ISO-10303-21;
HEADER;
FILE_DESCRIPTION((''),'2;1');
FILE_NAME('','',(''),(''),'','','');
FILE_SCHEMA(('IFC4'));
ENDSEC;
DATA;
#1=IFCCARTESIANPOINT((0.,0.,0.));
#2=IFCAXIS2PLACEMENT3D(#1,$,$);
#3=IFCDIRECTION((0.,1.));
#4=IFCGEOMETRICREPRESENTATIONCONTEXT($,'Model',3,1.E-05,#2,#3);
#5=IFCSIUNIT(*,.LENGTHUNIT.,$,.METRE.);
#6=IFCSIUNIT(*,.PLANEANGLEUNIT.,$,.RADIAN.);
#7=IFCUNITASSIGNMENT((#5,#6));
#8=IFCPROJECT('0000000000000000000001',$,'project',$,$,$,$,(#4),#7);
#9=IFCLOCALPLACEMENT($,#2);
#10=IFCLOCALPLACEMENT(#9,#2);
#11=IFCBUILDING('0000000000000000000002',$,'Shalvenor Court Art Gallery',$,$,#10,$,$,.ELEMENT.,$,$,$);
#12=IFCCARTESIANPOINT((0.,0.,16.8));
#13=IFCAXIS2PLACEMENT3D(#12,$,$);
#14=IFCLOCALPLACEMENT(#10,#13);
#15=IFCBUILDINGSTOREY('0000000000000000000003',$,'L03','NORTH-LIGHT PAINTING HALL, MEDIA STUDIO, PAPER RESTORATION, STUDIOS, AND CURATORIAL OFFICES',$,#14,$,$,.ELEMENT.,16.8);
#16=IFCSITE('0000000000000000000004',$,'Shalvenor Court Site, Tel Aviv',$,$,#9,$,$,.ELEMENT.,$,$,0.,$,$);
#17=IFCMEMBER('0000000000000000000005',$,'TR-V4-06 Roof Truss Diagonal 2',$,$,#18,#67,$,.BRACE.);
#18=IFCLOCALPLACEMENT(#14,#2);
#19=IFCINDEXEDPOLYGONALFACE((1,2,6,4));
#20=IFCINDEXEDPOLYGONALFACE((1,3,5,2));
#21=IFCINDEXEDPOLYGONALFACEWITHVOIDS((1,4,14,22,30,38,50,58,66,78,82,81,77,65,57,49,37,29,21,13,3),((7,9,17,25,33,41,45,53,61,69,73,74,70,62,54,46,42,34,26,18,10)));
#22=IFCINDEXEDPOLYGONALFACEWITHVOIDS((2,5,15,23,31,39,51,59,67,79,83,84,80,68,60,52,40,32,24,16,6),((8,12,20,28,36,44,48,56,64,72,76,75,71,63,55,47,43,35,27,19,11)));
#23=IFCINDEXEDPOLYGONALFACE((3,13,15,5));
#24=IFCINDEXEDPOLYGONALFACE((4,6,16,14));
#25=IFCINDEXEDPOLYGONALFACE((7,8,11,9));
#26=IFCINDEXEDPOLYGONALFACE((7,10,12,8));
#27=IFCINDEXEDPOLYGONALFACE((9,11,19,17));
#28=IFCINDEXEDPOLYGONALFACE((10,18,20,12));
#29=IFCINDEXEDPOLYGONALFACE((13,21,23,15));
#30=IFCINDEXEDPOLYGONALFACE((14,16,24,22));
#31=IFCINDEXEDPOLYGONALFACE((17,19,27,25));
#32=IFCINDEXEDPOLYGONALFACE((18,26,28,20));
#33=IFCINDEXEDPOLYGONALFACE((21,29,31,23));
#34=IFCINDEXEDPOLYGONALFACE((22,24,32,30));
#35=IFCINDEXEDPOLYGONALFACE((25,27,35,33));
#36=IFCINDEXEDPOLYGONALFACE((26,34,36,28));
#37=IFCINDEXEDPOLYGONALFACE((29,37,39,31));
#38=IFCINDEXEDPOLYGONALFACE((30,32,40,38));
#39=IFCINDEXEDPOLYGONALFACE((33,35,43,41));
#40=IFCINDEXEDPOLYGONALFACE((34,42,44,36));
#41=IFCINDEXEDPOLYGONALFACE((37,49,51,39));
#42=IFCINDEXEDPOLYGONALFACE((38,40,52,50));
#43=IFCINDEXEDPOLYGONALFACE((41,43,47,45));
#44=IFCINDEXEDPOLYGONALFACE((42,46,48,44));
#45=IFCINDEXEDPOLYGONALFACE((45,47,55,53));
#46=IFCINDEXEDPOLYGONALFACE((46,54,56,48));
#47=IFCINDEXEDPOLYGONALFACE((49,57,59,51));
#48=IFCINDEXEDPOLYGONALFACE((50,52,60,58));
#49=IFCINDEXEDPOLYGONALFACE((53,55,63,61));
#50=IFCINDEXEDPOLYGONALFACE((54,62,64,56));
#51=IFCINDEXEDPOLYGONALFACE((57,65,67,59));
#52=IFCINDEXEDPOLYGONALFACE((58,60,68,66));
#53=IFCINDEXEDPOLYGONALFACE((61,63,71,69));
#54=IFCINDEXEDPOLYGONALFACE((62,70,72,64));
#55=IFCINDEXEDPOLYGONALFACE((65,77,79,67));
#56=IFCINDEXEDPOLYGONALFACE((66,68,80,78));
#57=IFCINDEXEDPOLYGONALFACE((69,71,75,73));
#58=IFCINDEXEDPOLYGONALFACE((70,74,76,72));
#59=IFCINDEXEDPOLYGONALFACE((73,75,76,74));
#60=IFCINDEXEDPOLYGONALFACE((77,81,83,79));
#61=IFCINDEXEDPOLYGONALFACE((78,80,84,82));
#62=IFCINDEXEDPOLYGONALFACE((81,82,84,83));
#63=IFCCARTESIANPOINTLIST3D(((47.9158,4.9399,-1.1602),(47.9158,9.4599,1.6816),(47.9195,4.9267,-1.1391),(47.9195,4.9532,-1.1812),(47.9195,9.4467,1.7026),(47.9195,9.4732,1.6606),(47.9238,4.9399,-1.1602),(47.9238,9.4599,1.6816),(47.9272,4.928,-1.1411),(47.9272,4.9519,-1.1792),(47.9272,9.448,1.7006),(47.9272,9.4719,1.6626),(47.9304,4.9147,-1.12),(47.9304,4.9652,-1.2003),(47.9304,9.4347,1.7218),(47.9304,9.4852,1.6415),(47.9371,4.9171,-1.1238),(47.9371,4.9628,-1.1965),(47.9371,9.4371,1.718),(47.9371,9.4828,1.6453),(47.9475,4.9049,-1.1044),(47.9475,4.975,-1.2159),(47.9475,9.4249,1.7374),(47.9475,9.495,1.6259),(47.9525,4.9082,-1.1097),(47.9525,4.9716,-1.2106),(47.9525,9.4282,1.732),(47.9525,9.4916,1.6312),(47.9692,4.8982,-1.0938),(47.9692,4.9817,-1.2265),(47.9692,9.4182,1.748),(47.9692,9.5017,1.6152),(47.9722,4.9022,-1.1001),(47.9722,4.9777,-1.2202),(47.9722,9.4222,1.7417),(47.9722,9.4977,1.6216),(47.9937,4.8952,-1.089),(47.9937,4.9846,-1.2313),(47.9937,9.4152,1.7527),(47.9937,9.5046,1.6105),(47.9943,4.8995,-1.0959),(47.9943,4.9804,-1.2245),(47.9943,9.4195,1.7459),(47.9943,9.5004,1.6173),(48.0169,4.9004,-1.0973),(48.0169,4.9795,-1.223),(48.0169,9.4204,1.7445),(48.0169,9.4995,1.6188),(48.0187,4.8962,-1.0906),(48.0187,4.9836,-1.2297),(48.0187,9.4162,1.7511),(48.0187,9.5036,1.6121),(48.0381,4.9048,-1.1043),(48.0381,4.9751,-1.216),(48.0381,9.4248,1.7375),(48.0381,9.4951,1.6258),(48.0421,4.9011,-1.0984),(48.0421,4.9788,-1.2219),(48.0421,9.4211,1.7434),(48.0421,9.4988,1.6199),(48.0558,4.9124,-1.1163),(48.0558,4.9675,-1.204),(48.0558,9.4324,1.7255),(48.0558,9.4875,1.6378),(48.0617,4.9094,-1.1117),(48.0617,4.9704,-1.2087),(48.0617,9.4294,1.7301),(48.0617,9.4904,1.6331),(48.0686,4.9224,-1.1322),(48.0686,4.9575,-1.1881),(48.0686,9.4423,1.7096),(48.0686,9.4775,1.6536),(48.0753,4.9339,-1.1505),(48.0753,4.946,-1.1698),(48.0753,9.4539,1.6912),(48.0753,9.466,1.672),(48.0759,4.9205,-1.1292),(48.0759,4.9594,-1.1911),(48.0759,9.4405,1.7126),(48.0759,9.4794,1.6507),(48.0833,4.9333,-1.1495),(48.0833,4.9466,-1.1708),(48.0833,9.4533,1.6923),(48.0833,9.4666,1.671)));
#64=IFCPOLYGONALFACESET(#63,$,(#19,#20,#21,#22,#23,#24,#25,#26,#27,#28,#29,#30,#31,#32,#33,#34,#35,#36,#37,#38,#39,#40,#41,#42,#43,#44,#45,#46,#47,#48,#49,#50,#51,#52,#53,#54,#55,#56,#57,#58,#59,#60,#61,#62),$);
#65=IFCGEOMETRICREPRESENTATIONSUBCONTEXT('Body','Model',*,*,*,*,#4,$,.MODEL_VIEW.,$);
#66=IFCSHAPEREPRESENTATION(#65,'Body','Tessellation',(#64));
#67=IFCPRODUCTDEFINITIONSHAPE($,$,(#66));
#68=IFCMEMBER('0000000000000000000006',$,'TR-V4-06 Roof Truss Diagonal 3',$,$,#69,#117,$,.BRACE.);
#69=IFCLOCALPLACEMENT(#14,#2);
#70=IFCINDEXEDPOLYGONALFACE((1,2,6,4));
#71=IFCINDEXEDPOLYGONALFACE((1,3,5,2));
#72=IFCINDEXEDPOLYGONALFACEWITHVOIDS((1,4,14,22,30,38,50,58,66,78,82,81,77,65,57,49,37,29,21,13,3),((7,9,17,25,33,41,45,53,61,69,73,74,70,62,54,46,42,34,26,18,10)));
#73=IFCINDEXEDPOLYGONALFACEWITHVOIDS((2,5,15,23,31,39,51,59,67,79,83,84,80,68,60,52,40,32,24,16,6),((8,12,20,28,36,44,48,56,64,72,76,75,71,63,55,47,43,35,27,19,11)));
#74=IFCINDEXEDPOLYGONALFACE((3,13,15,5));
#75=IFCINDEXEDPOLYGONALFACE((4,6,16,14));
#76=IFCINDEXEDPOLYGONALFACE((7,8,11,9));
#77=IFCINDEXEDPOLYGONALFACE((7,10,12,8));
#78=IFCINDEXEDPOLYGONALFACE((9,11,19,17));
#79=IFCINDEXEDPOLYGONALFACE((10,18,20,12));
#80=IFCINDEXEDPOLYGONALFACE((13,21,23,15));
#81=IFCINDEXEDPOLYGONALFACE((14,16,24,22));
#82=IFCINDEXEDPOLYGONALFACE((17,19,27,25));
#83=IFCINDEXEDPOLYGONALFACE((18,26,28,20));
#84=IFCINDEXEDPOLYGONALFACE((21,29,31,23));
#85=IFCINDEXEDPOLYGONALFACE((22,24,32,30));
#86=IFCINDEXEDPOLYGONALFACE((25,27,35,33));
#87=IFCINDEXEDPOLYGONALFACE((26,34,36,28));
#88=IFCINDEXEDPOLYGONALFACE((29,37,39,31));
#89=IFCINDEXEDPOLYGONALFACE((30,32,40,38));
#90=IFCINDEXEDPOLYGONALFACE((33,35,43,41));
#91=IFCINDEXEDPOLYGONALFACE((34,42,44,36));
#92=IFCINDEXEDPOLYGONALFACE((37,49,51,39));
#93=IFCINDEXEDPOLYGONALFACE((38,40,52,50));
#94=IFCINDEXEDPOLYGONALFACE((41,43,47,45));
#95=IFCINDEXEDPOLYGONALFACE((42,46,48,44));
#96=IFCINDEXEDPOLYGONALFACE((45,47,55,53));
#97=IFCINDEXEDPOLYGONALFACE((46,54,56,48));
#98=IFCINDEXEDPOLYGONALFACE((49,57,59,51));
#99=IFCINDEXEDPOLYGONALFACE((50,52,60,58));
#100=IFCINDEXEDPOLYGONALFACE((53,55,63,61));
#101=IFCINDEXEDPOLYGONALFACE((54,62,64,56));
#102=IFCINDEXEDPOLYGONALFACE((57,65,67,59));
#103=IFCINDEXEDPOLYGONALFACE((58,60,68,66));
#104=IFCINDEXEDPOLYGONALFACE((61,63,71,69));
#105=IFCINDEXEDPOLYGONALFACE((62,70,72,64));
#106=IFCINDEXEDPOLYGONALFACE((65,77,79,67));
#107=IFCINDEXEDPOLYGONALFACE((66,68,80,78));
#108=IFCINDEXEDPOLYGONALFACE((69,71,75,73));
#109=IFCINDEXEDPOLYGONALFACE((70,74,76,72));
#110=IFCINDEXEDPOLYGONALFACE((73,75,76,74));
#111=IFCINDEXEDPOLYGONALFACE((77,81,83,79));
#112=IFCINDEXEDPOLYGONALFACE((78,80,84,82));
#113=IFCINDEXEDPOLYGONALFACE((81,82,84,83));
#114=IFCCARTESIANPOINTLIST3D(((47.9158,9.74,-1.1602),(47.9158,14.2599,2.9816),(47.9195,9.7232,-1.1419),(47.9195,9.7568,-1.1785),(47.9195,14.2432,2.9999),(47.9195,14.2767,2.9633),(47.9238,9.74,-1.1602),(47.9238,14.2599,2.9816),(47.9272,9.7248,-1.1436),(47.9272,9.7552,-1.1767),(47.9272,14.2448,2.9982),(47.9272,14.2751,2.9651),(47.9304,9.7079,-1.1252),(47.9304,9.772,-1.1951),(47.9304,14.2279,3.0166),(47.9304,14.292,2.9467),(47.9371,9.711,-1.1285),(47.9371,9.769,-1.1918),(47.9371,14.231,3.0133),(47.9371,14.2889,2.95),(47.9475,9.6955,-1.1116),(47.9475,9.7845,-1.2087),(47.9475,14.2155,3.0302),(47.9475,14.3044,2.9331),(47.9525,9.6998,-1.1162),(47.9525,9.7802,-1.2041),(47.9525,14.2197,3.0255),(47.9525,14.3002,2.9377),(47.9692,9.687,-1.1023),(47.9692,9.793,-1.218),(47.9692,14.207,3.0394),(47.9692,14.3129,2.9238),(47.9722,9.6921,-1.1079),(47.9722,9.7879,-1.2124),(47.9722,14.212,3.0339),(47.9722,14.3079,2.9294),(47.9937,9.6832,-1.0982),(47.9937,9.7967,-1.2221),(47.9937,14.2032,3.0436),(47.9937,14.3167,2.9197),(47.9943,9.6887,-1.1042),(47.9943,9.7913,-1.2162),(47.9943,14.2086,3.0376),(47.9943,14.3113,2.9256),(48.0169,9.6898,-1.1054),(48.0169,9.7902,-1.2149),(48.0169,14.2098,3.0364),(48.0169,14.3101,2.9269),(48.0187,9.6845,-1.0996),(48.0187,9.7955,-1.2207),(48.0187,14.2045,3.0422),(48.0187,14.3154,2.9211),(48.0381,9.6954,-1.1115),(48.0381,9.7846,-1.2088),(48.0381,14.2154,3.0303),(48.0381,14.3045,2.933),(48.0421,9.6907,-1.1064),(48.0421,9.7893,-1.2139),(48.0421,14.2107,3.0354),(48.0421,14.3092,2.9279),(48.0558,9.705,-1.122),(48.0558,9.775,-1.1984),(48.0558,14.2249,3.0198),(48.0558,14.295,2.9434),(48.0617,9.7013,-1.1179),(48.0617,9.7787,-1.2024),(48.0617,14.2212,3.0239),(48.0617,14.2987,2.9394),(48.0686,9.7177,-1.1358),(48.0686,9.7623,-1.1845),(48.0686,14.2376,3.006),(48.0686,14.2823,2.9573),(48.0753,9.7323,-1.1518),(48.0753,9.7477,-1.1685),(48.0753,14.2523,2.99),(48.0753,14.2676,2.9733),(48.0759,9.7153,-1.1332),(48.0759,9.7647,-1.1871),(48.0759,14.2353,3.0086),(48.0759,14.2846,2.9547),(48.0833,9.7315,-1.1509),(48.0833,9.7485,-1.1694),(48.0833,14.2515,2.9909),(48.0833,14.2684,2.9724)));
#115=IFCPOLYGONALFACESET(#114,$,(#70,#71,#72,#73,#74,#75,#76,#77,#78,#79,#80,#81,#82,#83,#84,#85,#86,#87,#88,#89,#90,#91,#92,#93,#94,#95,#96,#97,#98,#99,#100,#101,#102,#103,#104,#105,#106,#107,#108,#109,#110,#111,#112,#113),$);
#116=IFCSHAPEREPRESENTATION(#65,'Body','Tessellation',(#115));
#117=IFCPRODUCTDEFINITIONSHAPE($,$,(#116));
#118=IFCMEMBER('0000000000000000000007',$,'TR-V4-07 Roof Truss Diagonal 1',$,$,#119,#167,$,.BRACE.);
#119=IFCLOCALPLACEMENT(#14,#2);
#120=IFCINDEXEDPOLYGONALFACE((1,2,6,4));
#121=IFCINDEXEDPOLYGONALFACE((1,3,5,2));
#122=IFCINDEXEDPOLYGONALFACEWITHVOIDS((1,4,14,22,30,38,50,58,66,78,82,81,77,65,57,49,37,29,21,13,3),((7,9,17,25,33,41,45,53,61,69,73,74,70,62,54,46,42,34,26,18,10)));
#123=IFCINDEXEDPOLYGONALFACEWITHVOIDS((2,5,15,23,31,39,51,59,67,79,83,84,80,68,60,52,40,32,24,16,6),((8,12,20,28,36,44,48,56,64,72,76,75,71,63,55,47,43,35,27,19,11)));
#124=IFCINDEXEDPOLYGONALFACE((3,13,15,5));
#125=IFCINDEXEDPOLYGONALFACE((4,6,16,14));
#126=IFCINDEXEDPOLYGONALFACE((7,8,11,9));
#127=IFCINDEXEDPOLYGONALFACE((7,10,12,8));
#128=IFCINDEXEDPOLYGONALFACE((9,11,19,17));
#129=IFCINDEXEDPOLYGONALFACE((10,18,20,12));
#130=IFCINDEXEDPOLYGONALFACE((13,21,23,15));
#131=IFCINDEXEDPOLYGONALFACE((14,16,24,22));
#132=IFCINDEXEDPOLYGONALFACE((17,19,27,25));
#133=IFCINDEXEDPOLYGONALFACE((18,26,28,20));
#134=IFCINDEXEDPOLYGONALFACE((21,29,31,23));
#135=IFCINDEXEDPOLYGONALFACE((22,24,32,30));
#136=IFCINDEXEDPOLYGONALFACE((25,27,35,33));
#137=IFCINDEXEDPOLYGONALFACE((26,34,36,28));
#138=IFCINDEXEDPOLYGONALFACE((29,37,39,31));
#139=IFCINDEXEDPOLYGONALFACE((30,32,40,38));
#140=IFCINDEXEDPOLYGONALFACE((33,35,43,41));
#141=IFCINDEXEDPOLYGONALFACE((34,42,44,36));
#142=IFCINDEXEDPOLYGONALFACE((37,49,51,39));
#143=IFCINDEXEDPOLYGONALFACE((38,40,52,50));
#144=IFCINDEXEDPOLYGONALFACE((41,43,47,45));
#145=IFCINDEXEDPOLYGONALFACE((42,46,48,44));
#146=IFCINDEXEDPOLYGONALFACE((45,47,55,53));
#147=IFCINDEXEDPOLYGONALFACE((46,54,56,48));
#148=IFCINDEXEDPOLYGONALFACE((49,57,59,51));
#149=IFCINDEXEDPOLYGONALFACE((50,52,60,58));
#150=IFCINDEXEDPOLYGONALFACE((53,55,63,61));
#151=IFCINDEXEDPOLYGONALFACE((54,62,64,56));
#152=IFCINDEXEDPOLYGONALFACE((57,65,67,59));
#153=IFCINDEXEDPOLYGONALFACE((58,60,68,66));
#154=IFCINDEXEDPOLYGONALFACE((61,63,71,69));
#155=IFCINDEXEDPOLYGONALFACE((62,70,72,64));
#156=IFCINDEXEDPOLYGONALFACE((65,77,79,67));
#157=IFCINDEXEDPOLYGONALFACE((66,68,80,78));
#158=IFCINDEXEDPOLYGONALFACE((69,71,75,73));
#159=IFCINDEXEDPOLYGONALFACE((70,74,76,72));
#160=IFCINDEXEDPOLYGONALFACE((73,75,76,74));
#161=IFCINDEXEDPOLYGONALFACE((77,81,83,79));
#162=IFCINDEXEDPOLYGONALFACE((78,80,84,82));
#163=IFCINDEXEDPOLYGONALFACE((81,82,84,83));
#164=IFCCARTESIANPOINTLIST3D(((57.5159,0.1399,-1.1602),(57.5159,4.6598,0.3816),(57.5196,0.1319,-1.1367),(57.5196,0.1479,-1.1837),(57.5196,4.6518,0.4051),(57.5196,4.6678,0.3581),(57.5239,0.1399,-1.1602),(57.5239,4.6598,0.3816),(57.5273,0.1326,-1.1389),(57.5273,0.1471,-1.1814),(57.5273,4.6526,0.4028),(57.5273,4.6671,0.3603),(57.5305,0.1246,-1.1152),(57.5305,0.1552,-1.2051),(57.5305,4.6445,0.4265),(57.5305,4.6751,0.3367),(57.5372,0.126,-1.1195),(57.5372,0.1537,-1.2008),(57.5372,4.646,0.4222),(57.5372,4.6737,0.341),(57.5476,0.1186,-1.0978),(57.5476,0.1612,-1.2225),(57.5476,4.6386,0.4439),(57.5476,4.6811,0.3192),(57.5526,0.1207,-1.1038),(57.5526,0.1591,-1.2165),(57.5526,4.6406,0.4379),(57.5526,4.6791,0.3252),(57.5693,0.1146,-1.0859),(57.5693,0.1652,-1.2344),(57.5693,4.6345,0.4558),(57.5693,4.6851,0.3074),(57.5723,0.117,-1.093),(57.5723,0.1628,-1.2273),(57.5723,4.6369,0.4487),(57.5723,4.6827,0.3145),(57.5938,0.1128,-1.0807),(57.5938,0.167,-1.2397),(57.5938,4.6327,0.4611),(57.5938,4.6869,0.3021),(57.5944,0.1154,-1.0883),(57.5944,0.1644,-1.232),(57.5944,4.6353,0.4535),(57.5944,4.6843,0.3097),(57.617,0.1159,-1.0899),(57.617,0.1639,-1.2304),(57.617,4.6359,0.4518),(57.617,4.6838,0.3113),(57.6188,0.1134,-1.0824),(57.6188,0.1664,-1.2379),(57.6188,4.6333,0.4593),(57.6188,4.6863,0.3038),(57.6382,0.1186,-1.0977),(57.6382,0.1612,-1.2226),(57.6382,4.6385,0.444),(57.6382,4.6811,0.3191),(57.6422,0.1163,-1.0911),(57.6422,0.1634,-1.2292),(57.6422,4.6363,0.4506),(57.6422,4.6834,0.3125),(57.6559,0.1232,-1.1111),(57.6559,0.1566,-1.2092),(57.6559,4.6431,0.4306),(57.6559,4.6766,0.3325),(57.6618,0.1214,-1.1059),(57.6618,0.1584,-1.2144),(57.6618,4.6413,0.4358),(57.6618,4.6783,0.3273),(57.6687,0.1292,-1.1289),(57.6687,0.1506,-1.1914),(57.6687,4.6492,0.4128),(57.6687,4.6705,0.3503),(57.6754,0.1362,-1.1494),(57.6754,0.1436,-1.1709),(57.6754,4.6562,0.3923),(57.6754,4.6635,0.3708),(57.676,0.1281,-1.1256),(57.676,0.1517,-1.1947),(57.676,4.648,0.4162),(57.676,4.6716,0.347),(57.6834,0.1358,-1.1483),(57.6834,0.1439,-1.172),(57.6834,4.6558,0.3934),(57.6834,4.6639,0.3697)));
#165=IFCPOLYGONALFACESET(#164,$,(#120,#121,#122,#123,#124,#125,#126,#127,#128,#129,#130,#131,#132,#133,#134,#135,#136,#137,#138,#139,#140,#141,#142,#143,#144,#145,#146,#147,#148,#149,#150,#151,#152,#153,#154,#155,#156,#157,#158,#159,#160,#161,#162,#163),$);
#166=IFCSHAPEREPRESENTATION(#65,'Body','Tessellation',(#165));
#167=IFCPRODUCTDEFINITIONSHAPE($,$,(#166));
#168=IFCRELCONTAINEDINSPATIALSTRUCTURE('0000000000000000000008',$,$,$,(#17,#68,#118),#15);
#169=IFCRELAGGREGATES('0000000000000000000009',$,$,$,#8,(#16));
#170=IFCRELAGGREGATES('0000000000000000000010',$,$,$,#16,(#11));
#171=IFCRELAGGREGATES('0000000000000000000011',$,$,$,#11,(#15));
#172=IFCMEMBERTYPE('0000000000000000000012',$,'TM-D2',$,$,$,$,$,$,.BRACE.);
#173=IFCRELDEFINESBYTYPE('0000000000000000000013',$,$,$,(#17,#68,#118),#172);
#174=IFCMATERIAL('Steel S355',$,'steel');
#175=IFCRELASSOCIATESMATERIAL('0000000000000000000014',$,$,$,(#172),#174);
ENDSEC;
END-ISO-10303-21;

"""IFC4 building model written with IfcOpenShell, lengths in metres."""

from ifc_helpers import new_model, si_unit, direction, frame, origin, origin_2d, place, context, subcontext, project, spatial, hollow_circle, extrude, material, material_profile, profile_set, type_object, element, save


model = new_model("IFC4")

# Units and contexts
model_context = context("Model", 3, precision=1e-05, world=origin(), true_north=direction((0.0, 1.0)))
body_context = subcontext(model_context, "Body", "Model", "MODEL_VIEW")
ifc_project = project(units=[si_unit("LENGTHUNIT", "METRE"), si_unit("PLANEANGLEUNIT", "RADIAN")], contexts=[model_context])

# Site, building, storey
site_placement = place(None, origin())
site = spatial("IfcSite", under=ifc_project, at=site_placement, Name="Shalvenor Court Site, Tel Aviv", CompositionType="ELEMENT", RefElevation=0.0)
building_placement = place(site_placement, origin())
building = spatial("IfcBuilding", under=site, at=building_placement, Name="Shalvenor Court Art Gallery", CompositionType="ELEMENT")
storey_placement = place(building_placement, frame((0.0, 0.0, 16.8)))
storey = spatial("IfcBuildingStorey", under=building, at=storey_placement, Name="L03", Description="NORTH-LIGHT PAINTING HALL, MEDIA STUDIO, PAPER RESTORATION, STUDIOS, AND CURATORIAL OFFICES", CompositionType="ELEMENT", Elevation=16.8)

# Members
ifc_material_1 = material(Name="Steel S355", Category="steel")
ifc_material_profile_1 = material_profile(ifc_material_1, hollow_circle(Radius=0.0842, WallThickness=0.0081, at=origin_2d()), Name="CHS 168.3x8.0")
ifc_profile_set_1 = profile_set([ifc_material_profile_1], Name="Steel S355")
member_type_1 = type_object("IfcMemberType", Name="TM-D2", PredefinedType="BRACE", material=ifc_profile_set_1)
member_1_placement = place(storey_placement, frame((48.0, 4.9399, -1.1602), z_axis=(0.0, 0.846582, 0.532258), x_axis=(-1.0, 0.0, 0.0)))
element("IfcMember", 1, at=member_1_placement, inside=storey, type_object=member_type_1, Name="TR-V4-06 Roof Truss Diagonal 2", PredefinedType="BRACE", context=body_context, shape_type="SweptSolid", body=[
    extrude(hollow_circle(Radius=0.0842, WallThickness=0.0081, at=origin_2d()), origin(), (0.0, 0.0, 1.0), 5.3391),
])
member_2_placement = place(storey_placement, frame((48.0, 9.74, -1.1602), z_axis=(0.0, 0.737276, 0.675591), x_axis=(-1.0, 0.0, 0.0)))
element("IfcMember", 2, at=member_2_placement, inside=storey, type_object=member_type_1, Name="TR-V4-06 Roof Truss Diagonal 3", PredefinedType="BRACE", context=body_context, shape_type="SweptSolid", body=[
    extrude(hollow_circle(Radius=0.0842, WallThickness=0.0081, at=origin_2d()), origin(), (0.0, 0.0, 1.0), 6.1306),
])
member_3_placement = place(storey_placement, frame((57.6001, 0.1399, -1.1602), z_axis=(0.0, 0.946457, 0.32283), x_axis=(-1.0, 0.0, 0.0)))
element("IfcMember", 3, at=member_3_placement, inside=storey, type_object=member_type_1, Name="TR-V4-07 Roof Truss Diagonal 1", PredefinedType="BRACE", context=body_context, shape_type="SweptSolid", body=[
    extrude(hollow_circle(Radius=0.0842, WallThickness=0.0081, at=origin_2d()), origin(), (0.0, 0.0, 1.0), 4.7756),
])

save(model, "model.ifc")
